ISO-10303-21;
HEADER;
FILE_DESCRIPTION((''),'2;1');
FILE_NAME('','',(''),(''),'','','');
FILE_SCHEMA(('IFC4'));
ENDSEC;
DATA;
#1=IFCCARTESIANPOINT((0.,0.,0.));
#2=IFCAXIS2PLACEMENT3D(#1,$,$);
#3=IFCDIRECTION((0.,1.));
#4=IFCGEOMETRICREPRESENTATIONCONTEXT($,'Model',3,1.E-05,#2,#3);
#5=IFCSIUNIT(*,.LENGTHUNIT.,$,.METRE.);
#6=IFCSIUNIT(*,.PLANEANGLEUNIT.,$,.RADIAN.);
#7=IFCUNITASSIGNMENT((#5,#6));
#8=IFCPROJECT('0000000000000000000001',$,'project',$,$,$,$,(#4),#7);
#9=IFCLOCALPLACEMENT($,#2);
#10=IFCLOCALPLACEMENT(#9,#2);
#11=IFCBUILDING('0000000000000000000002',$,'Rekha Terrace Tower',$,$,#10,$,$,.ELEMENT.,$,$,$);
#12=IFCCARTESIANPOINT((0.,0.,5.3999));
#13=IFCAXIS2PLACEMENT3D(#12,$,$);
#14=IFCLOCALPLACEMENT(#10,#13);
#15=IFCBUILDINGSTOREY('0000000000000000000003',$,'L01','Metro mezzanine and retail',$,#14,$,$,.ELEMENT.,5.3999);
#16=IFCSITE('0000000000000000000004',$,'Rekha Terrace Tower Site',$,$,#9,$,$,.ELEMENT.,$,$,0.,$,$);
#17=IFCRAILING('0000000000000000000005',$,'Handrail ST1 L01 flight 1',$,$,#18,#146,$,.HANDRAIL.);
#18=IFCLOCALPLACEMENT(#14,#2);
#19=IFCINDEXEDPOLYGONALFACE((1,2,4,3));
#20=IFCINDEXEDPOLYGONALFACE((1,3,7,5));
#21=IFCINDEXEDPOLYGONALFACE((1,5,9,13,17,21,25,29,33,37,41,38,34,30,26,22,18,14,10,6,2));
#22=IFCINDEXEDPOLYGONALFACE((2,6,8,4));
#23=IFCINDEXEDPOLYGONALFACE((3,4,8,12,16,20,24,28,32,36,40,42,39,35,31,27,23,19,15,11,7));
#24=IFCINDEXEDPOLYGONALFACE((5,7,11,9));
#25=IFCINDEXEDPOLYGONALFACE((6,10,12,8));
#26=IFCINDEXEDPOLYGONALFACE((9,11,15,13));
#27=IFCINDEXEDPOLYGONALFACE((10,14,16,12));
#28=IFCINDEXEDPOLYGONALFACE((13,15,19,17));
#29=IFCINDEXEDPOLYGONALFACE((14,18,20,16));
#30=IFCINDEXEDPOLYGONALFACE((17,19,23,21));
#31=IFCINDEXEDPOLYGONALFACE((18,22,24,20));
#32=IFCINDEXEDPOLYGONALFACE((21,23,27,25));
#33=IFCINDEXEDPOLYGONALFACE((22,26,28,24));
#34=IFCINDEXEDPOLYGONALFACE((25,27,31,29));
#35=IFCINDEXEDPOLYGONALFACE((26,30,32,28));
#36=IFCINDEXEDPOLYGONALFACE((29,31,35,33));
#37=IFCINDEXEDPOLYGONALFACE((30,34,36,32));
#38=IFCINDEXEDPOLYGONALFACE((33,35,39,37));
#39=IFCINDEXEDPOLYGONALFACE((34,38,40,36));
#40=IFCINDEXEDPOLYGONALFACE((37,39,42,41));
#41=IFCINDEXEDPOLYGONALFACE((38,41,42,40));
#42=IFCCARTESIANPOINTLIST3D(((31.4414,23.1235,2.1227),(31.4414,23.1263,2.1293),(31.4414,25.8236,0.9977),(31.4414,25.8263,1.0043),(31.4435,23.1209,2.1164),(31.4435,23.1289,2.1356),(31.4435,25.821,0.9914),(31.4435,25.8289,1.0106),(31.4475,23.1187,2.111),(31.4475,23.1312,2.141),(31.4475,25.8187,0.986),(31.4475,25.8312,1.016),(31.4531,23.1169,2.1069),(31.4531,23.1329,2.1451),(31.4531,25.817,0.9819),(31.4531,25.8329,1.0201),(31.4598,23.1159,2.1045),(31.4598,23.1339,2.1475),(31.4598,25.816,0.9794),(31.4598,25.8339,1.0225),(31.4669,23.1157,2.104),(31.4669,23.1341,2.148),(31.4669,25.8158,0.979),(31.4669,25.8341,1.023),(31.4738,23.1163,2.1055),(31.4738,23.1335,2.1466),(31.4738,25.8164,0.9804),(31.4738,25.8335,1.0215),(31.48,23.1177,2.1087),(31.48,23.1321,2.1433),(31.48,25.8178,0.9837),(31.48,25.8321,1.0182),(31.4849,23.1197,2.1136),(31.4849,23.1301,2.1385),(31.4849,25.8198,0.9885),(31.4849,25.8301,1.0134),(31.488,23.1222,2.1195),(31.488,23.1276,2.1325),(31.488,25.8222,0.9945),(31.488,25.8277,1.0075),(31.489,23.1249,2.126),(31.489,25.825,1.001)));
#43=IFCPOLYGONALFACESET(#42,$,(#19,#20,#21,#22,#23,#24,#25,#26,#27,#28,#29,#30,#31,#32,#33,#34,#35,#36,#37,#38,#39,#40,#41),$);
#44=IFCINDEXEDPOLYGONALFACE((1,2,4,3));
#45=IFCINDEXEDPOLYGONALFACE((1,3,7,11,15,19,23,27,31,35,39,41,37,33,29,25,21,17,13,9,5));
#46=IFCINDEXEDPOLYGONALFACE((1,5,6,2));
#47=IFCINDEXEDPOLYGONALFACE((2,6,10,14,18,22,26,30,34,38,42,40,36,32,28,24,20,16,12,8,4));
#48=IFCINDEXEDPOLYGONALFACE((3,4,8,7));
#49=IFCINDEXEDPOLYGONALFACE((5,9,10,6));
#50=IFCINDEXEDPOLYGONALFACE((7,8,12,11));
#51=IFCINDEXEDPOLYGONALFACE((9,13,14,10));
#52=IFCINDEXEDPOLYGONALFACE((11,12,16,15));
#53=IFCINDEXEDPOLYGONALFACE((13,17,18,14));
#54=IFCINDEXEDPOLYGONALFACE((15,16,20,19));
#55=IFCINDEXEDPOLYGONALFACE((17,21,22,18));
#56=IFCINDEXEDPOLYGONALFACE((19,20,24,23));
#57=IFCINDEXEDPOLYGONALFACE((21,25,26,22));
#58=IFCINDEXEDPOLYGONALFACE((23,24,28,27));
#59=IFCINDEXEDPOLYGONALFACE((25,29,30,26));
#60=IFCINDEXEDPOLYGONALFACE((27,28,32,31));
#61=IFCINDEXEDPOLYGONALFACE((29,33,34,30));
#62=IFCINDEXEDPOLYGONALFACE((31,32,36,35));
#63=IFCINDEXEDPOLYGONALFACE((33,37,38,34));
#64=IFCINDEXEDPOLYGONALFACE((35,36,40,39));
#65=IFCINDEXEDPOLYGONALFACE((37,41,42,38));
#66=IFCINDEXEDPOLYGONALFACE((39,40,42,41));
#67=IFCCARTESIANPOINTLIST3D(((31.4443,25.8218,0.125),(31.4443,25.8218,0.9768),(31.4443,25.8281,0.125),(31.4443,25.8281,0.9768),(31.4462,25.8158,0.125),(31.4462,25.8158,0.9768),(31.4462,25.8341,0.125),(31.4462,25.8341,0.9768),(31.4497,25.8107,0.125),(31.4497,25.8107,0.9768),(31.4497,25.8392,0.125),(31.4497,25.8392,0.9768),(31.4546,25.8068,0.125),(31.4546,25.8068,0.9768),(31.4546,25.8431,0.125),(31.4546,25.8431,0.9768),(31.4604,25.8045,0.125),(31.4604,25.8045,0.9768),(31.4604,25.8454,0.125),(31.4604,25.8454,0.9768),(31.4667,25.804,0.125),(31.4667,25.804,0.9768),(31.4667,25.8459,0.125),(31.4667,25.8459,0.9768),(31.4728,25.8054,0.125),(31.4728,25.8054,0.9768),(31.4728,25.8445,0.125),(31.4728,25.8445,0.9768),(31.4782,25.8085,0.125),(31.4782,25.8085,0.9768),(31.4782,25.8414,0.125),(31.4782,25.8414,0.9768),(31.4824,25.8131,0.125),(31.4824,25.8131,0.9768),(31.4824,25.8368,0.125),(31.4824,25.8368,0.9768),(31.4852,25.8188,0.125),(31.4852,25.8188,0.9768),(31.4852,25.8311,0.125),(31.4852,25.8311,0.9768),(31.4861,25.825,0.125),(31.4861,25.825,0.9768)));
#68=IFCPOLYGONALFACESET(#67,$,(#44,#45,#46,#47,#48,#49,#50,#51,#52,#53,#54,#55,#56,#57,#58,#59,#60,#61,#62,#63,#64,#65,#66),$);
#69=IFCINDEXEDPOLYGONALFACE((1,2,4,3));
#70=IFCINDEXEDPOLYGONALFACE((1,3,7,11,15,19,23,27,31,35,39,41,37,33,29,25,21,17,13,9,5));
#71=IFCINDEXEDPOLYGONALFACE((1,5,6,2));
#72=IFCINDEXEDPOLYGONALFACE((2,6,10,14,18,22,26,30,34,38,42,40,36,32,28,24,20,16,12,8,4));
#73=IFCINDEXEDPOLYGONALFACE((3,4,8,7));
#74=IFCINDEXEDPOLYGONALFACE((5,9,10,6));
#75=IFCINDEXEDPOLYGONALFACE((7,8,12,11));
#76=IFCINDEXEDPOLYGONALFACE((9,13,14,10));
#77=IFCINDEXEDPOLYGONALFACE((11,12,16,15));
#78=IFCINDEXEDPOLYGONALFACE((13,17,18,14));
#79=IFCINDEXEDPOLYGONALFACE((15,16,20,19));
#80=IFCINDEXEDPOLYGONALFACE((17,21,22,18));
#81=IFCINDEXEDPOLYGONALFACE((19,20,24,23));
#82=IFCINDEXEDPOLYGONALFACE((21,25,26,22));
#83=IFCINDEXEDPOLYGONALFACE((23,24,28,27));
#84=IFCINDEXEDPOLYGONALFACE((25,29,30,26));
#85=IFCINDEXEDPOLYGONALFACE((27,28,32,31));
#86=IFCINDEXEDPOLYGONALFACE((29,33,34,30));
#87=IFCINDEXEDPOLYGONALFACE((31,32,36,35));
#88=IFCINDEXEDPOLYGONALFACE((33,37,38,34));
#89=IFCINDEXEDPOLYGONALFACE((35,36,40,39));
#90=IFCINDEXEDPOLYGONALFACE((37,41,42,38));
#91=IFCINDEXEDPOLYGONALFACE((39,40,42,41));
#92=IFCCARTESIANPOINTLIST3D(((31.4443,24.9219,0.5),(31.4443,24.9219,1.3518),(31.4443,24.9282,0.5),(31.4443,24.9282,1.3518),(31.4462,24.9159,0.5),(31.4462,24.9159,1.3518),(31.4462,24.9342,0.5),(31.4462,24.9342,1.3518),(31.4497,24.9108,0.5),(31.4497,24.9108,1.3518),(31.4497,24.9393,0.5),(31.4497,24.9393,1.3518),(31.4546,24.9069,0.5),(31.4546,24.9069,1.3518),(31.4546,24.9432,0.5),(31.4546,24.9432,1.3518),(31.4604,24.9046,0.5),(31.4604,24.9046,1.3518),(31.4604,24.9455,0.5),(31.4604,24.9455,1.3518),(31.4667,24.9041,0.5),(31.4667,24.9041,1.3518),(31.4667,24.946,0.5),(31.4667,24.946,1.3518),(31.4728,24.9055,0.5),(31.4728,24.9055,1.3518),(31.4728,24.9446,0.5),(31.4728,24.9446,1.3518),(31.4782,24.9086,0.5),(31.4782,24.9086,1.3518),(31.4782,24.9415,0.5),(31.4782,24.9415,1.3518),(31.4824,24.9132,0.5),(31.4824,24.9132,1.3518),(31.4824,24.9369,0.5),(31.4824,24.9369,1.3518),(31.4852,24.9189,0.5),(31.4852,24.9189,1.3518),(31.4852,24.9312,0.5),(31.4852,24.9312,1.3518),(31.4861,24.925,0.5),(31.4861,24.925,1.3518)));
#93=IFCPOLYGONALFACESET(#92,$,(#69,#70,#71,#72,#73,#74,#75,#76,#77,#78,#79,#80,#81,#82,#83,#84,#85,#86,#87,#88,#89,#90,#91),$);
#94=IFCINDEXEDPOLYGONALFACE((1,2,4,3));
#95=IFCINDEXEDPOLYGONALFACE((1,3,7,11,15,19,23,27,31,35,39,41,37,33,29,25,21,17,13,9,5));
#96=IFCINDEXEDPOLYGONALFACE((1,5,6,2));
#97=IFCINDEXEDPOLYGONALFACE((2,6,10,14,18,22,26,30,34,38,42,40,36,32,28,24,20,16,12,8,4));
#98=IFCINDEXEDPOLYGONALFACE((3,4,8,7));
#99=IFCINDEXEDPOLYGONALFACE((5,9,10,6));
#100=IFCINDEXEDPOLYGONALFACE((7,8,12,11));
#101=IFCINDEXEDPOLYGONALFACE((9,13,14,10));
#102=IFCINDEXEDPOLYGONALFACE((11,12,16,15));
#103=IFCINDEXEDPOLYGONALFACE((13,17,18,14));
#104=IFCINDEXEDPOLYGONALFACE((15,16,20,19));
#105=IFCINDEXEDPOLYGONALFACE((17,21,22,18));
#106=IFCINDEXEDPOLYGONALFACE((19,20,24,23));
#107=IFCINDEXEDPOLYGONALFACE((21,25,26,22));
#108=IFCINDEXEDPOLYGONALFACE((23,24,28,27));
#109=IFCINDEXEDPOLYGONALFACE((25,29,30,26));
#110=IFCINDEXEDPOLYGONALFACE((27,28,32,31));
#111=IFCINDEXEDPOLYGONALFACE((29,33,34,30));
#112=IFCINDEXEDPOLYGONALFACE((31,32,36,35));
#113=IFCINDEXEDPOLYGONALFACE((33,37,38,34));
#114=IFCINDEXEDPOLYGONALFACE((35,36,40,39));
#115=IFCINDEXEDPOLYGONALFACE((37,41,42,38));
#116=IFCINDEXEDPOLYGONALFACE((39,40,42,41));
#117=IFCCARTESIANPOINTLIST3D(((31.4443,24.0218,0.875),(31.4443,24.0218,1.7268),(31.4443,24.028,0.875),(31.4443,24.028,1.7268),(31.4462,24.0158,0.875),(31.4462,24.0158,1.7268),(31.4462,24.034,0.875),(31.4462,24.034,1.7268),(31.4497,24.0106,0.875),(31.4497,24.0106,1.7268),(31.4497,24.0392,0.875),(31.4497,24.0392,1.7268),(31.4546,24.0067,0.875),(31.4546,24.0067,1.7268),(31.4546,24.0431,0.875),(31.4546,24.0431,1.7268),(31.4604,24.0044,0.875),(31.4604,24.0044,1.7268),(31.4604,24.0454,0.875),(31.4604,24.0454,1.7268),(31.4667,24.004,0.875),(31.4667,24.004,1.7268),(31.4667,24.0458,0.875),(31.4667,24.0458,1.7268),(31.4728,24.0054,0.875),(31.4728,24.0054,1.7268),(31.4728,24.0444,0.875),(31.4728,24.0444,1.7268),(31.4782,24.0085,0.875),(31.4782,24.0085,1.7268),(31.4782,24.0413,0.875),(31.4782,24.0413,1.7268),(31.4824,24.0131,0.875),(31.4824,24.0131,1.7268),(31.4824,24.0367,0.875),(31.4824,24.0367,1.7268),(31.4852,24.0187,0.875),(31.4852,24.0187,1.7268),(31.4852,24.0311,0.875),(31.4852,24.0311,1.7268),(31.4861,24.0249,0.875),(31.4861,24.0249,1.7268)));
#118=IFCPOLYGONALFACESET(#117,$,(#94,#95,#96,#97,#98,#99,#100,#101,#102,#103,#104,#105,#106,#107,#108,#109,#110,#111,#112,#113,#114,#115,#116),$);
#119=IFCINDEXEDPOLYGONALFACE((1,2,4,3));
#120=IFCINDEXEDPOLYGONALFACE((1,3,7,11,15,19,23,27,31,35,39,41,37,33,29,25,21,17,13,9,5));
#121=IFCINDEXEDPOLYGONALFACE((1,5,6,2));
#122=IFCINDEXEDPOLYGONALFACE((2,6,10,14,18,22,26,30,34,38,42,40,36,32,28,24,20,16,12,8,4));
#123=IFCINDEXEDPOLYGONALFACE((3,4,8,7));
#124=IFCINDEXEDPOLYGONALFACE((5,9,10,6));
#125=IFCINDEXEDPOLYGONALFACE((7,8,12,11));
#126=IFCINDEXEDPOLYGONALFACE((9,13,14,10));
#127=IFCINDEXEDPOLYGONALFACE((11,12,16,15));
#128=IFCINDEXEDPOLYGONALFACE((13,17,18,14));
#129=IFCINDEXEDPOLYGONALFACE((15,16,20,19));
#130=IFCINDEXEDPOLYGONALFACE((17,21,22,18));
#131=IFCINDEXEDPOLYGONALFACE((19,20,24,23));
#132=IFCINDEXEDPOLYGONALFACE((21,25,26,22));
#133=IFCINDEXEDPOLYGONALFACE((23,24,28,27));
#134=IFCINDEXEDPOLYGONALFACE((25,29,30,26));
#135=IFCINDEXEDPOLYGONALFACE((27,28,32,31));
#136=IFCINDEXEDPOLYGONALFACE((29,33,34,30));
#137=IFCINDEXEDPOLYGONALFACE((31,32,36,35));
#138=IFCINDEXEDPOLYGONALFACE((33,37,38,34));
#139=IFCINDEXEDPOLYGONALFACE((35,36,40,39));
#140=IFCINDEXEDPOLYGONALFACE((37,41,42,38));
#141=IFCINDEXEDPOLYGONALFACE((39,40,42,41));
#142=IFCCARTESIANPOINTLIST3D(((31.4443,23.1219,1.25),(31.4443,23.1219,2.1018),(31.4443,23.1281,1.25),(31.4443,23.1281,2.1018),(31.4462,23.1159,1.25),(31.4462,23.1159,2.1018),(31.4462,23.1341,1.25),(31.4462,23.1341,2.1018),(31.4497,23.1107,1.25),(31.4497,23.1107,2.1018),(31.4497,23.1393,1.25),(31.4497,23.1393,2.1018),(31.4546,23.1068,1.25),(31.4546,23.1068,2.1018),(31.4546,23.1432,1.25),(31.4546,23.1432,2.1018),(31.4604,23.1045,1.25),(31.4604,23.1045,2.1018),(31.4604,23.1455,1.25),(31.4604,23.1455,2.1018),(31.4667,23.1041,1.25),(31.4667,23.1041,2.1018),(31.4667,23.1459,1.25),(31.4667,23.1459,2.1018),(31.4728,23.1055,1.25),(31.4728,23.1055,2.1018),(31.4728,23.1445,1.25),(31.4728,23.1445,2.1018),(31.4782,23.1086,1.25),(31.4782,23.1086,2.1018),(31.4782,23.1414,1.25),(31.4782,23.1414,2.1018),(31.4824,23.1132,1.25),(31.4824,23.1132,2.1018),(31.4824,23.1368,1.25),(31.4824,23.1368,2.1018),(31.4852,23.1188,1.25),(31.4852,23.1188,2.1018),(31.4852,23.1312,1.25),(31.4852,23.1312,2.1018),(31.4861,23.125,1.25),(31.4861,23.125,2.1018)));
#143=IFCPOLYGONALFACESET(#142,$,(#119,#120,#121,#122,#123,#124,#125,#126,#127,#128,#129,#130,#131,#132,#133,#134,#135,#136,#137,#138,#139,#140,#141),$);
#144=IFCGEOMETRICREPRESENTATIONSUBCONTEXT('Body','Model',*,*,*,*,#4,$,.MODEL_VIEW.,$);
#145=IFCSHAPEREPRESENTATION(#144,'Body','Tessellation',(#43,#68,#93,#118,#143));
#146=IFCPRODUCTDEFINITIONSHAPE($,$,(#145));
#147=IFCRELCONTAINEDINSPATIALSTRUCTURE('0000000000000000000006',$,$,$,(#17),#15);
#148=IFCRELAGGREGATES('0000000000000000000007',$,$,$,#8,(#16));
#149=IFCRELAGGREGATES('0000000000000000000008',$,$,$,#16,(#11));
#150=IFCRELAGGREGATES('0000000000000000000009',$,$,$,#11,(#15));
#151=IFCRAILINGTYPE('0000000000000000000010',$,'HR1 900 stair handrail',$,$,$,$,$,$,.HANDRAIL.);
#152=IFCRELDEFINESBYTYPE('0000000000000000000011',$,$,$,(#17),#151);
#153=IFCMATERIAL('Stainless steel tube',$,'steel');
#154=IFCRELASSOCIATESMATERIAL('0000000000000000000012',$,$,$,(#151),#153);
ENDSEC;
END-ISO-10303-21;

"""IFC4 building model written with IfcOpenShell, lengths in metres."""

from ifc_helpers import new_model, si_unit, direction, frame, origin, origin_2d, place, context, subcontext, project, spatial, circle, extrude, material, type_object, element, save


model = new_model("IFC4")

# Units and contexts
model_context = context("Model", 3, precision=1e-05, world=origin(), true_north=direction((0.0, 1.0)))
body_context = subcontext(model_context, "Body", "Model", "MODEL_VIEW")
ifc_project = project(units=[si_unit("LENGTHUNIT", "METRE"), si_unit("PLANEANGLEUNIT", "RADIAN")], contexts=[model_context])

# Site, building, storey
site_placement = place(None, origin())
site = spatial("IfcSite", under=ifc_project, at=site_placement, Name="Rekha Terrace Tower Site", CompositionType="ELEMENT", RefElevation=0.0)
building_placement = place(site_placement, origin())
building = spatial("IfcBuilding", under=site, at=building_placement, Name="Rekha Terrace Tower", CompositionType="ELEMENT")
storey_placement = place(building_placement, frame((0.0, 0.0, 5.3999)))
storey = spatial("IfcBuildingStorey", under=building, at=storey_placement, Name="L01", Description="Metro mezzanine and retail", CompositionType="ELEMENT", Elevation=5.3999)

# Railing
ifc_material_1 = material(Name="Stainless steel tube", Category="steel")
railing_type_1 = type_object("IfcRailingType", Name="HR1 900 stair handrail", PredefinedType="HANDRAIL", material=ifc_material_1)
railing_1_placement = place(storey_placement, frame((31.4651, 25.825, 0.125)))
element("IfcRailing", 1, at=railing_1_placement, inside=storey, type_object=railing_type_1, Name="Handrail ST1 L01 flight 1", PredefinedType="HANDRAIL", context=body_context, shape_type="SweptSolid", body=[
    extrude(circle(Radius=0.0239, at=origin_2d()), frame((0.0, 0.0, 0.876), z_axis=(0.0, -0.923074, 0.384621), x_axis=(1.0, 0.0, 0.0)), (0.0, 0.0, 1.0), 2.925),
    extrude(circle(Radius=0.021, at=origin_2d()), origin(), (0.0, 0.0, 1.0), 0.8518),
    extrude(circle(Radius=0.021, at=origin_2d()), frame((0.0, -0.8999, 0.375)), (0.0, 0.0, 1.0), 0.8518),
    extrude(circle(Radius=0.021, at=origin_2d()), frame((0.0, -1.8, 0.75)), (0.0, 0.0, 1.0), 0.8518),
    extrude(circle(Radius=0.021, at=origin_2d()), frame((0.0, -2.7, 1.125)), (0.0, 0.0, 1.0), 0.8518),
])

save(model, "model.ifc")
